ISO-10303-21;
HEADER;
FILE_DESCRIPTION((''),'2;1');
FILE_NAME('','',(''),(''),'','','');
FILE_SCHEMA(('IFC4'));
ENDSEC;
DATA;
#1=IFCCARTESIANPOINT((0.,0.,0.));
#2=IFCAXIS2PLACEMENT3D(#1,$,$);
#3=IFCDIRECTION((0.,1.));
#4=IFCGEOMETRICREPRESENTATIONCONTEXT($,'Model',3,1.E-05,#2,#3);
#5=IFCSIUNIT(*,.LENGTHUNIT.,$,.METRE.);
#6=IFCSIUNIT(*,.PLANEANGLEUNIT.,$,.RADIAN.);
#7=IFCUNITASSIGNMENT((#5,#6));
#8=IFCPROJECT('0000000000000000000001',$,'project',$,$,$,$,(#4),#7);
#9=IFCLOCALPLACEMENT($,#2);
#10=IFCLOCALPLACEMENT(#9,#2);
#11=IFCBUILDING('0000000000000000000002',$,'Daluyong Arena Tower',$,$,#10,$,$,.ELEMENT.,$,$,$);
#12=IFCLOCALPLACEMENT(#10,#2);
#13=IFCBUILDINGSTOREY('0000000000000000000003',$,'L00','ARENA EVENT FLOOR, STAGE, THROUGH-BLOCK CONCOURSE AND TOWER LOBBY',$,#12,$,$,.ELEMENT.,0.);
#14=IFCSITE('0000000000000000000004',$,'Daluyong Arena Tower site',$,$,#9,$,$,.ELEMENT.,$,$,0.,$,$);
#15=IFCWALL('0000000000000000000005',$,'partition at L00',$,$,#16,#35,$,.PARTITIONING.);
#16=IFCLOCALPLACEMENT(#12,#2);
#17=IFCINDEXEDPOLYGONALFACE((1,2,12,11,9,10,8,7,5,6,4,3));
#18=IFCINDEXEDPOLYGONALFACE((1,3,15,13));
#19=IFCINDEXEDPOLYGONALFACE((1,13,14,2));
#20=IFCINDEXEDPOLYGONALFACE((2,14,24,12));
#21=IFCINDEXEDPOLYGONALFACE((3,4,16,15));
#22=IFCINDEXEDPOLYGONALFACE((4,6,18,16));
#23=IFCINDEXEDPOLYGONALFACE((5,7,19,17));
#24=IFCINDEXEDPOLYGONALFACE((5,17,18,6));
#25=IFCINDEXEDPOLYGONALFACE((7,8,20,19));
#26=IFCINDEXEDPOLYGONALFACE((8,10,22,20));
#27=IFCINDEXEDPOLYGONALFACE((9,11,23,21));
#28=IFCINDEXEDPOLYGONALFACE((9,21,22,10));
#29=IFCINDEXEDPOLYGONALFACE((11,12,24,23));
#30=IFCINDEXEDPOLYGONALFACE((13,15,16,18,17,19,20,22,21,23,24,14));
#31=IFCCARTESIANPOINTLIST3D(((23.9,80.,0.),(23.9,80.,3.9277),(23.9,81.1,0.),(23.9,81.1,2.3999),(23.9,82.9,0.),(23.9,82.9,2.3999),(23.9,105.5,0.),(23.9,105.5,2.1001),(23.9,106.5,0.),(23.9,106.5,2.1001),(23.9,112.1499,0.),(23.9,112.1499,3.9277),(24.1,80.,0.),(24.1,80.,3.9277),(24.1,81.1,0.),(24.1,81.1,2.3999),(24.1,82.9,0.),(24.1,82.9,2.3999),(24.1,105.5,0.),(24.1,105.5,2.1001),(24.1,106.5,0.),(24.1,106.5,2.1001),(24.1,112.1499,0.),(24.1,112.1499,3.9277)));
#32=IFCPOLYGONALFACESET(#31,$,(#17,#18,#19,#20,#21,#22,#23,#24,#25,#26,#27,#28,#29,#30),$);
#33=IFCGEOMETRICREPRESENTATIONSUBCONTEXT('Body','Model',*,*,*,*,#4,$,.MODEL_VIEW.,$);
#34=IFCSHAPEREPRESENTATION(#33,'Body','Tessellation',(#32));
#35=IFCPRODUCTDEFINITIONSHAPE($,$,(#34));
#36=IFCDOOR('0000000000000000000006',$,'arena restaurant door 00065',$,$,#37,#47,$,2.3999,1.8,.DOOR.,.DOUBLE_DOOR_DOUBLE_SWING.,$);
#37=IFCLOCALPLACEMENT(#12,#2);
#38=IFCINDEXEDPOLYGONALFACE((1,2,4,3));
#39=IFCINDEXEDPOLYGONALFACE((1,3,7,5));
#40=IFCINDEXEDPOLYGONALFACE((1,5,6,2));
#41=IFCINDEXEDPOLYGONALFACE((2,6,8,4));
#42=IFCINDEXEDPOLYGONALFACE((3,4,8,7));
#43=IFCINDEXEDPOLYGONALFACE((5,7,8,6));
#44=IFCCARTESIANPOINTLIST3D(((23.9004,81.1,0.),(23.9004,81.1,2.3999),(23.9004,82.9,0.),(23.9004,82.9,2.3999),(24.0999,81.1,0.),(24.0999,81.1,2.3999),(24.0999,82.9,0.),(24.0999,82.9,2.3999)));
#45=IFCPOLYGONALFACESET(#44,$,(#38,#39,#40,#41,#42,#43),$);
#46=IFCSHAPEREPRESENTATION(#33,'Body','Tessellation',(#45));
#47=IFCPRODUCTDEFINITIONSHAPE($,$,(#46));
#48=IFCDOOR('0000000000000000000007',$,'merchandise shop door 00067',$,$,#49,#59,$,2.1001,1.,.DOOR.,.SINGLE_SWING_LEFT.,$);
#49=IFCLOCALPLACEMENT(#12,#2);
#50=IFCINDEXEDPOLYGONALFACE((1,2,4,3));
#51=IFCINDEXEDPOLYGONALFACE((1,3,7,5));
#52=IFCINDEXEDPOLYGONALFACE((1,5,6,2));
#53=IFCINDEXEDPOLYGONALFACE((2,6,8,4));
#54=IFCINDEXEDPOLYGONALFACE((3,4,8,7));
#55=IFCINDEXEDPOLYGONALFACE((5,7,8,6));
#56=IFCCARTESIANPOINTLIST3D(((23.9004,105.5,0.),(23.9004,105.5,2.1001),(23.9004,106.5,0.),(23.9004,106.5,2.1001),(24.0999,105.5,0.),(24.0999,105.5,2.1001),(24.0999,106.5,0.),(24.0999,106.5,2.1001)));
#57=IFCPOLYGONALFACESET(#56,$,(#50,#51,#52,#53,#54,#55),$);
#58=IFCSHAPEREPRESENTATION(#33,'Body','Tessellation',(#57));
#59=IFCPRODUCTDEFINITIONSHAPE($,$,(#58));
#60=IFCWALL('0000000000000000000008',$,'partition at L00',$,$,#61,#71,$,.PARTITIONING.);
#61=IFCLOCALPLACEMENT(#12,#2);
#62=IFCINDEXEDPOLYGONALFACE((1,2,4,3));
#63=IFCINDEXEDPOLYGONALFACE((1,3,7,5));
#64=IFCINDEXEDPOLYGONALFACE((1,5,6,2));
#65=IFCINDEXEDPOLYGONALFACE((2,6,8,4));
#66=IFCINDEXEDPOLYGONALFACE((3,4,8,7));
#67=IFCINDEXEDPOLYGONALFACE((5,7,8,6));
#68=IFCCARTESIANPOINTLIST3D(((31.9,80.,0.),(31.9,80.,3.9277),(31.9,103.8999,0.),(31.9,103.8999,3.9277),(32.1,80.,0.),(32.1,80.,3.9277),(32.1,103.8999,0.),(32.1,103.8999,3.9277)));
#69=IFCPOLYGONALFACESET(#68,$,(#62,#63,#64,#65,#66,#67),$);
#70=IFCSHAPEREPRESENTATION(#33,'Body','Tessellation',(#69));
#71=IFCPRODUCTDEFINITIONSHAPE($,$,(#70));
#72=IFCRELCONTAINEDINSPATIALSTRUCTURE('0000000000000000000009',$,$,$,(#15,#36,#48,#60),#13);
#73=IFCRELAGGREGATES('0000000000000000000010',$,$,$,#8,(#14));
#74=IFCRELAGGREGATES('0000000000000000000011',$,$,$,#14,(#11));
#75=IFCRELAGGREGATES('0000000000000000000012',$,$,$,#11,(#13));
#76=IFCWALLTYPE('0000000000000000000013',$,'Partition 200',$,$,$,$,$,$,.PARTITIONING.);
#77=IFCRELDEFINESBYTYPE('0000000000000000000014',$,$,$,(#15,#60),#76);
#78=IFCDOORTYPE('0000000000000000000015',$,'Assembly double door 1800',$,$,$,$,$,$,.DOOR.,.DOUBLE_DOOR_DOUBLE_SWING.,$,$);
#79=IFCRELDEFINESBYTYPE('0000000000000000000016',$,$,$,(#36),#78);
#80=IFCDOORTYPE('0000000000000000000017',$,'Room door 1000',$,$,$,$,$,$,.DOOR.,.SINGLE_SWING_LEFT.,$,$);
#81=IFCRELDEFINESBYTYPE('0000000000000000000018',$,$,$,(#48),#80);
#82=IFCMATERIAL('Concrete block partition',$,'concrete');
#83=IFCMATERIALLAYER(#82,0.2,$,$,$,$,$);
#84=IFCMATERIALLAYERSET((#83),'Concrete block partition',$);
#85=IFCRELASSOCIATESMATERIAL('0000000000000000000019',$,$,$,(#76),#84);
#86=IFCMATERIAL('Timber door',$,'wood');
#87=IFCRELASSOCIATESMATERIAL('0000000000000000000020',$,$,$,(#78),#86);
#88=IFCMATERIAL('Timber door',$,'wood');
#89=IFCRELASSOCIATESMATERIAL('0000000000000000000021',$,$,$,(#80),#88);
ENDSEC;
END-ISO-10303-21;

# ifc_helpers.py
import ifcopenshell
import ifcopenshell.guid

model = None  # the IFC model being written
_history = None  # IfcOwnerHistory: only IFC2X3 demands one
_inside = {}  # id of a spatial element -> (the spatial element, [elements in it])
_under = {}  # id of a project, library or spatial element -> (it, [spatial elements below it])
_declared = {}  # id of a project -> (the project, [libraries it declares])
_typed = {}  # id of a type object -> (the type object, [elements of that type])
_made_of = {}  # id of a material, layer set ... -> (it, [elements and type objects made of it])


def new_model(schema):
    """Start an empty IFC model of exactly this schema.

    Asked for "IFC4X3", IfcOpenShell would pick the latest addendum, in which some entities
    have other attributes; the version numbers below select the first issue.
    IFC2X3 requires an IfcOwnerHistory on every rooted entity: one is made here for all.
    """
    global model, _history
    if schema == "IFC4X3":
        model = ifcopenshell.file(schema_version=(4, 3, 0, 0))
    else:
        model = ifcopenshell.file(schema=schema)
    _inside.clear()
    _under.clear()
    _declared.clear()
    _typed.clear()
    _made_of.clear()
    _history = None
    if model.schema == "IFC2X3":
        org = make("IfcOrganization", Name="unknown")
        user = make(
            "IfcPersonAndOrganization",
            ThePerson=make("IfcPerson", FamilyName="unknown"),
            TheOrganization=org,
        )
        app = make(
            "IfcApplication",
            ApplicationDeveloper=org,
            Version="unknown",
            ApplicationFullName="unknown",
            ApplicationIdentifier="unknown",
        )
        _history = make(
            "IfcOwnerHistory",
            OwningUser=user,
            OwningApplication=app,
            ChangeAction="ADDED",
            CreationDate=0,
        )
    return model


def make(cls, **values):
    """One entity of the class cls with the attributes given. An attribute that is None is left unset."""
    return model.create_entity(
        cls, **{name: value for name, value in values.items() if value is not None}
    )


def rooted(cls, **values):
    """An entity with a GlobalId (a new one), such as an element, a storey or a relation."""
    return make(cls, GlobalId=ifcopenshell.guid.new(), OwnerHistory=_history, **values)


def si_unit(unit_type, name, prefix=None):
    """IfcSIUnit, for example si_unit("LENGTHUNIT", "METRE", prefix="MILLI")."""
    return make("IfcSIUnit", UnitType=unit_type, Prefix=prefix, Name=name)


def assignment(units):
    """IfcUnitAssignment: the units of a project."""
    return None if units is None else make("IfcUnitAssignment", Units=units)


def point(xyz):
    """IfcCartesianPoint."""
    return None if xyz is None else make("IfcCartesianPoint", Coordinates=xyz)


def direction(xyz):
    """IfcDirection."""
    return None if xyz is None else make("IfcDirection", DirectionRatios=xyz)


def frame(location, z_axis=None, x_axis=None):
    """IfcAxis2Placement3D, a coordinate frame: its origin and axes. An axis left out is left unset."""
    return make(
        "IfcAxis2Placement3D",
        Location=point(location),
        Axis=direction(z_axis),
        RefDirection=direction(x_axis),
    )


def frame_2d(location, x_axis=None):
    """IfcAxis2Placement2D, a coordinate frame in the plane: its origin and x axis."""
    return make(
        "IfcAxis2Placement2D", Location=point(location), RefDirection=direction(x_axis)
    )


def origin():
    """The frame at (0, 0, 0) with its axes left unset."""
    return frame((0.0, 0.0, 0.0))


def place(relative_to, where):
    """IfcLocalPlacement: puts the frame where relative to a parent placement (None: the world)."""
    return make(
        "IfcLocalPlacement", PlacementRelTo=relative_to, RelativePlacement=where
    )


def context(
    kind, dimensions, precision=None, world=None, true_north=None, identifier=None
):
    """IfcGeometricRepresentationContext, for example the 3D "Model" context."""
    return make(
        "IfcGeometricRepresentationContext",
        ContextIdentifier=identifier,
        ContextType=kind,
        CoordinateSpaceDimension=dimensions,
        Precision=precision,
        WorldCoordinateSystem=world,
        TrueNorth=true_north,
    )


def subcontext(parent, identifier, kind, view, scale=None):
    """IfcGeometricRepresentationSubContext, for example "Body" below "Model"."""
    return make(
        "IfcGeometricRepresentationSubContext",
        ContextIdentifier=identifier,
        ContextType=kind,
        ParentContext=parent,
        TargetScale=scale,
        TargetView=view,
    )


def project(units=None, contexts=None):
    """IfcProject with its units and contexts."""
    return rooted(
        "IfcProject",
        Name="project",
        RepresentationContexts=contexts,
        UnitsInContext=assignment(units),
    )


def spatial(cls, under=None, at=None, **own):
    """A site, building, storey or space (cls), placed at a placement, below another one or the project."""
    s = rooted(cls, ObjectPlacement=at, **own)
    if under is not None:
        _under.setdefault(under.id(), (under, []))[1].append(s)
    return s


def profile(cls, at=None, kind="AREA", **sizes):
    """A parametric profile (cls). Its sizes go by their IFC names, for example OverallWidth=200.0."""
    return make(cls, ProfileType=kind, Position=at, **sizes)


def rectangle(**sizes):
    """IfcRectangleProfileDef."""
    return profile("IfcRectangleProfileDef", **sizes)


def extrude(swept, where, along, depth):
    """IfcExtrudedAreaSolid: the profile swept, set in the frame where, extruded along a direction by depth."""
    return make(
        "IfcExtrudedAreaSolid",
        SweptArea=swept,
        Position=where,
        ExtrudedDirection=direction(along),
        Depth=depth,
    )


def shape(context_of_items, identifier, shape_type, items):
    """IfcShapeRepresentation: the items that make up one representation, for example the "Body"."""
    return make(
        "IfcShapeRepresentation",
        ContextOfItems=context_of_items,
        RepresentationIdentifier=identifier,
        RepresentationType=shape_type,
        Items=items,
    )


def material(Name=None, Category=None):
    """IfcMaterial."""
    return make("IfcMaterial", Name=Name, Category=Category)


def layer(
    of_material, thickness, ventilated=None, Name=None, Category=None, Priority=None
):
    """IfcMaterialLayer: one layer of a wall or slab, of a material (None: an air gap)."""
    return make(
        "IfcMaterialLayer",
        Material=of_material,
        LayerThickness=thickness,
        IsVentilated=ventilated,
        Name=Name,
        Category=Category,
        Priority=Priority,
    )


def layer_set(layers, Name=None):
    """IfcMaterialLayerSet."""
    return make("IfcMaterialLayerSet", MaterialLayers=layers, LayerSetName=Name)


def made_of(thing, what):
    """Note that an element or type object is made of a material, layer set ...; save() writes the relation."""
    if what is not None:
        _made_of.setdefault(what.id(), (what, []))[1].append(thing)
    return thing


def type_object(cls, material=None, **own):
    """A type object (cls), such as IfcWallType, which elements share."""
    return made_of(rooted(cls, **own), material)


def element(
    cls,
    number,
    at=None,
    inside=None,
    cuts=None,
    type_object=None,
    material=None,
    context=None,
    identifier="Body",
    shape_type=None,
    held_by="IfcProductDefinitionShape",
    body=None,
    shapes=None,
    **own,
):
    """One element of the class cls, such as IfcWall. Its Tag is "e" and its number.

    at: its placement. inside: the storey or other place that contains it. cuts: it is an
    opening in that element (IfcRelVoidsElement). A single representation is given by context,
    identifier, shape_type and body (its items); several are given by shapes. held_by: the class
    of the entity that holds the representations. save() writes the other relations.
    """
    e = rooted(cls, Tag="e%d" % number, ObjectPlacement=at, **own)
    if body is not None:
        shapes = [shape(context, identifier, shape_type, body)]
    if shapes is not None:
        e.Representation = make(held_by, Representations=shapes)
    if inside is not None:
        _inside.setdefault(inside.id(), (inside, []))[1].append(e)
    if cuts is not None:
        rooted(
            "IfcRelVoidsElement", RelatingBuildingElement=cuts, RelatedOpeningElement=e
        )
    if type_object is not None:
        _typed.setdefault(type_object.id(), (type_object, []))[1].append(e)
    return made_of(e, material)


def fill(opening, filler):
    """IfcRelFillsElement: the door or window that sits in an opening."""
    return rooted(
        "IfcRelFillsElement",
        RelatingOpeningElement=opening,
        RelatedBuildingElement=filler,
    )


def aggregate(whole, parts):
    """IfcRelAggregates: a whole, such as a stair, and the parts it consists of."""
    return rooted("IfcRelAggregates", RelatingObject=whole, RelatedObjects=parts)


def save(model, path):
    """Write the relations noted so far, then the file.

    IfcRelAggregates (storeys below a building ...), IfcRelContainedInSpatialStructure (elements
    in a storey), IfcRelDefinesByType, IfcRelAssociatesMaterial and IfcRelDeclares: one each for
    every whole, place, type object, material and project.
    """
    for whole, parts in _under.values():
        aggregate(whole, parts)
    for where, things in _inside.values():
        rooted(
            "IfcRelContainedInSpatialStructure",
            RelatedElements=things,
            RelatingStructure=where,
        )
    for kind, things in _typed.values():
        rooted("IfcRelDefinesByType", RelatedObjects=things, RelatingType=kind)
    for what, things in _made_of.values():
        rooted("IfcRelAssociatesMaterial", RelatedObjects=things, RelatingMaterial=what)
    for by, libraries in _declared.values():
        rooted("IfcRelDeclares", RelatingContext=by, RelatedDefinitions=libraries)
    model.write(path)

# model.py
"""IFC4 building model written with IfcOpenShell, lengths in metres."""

from ifc_helpers import new_model, si_unit, direction, frame, frame_2d, origin, place, context, subcontext, project, spatial, rectangle, extrude, material, layer, layer_set, type_object, element, fill, save


model = new_model("IFC4")

# Units and contexts
model_context = context("Model", 3, precision=1e-05, world=origin(), true_north=direction((0.0, 1.0)))
body_context = subcontext(model_context, "Body", "Model", "MODEL_VIEW")
ifc_project = project(units=[si_unit("LENGTHUNIT", "METRE"), si_unit("PLANEANGLEUNIT", "RADIAN")], contexts=[model_context])

# Site, building, storey
site_placement = place(None, origin())
site = spatial("IfcSite", under=ifc_project, at=site_placement, Name="Daluyong Arena Tower site", CompositionType="ELEMENT", RefElevation=0.0)
building_placement = place(site_placement, origin())
building = spatial("IfcBuilding", under=site, at=building_placement, Name="Daluyong Arena Tower", CompositionType="ELEMENT")
storey_placement = place(building_placement, origin())
storey = spatial("IfcBuildingStorey", under=building, at=storey_placement, Name="L00", Description="ARENA EVENT FLOOR, STAGE, THROUGH-BLOCK CONCOURSE AND TOWER LOBBY", CompositionType="ELEMENT", Elevation=0.0)

# Shared definitions
ifc_material_1 = material(Name="Concrete block partition", Category="concrete")
ifc_layer_1 = layer(ifc_material_1, 0.2)
ifc_layer_set_1 = layer_set([ifc_layer_1], Name="Concrete block partition")
wall_type_1 = type_object("IfcWallType", Name="Partition 200", PredefinedType="PARTITIONING", material=ifc_layer_set_1)

# Wall, openings, doors
wall_1_placement = place(storey_placement, frame((24.0, 80.0, 0.0), z_axis=(0.0, 0.0, 1.0), x_axis=(0.0, 1.0, 0.0)))
wall_1 = element("IfcWall", 1, at=wall_1_placement, inside=storey, type_object=wall_type_1, Name="partition at L00", PredefinedType="PARTITIONING", context=body_context, shape_type="SweptSolid", body=[
    extrude(rectangle(XDim=32.1499, YDim=0.2, at=frame_2d((16.075, 0.0))), origin(), (0.0, 0.0, 1.0), 3.9277),
])
opening_1_placement = place(wall_1_placement, frame((1.1001, 0.0, 0.0)))
opening_1 = element("IfcOpeningElement", 2, at=opening_1_placement, cuts=wall_1, PredefinedType="OPENING", context=body_context, shape_type="SweptSolid", body=[
    extrude(rectangle(XDim=1.8, YDim=2.3999, at=frame_2d((0.8999, 1.2))), frame((0.0, 0.1099, 0.0), z_axis=(0.0, -1.0, 0.0), x_axis=(1.0, 0.0, 0.0)), (0.0, 0.0, 1.0), 0.22),
])
opening_2_placement = place(wall_1_placement, frame((25.5, 0.0, 0.0)))
opening_2 = element("IfcOpeningElement", 3, at=opening_2_placement, cuts=wall_1, PredefinedType="OPENING", context=body_context, shape_type="SweptSolid", body=[
    extrude(rectangle(XDim=1.0, YDim=2.1001, at=frame_2d((0.5, 1.05))), frame((0.0, 0.1099, 0.0), z_axis=(0.0, -1.0, 0.0), x_axis=(1.0, 0.0, 0.0)), (0.0, 0.0, 1.0), 0.22),
])
ifc_material_2 = material(Name="Timber door", Category="wood")
door_type_1 = type_object("IfcDoorType", Name="Assembly double door 1800", OperationType="DOUBLE_DOOR_DOUBLE_SWING", PredefinedType="DOOR", material=ifc_material_2)
door_1_placement = place(opening_1_placement, origin())
door_1 = element("IfcDoor", 4, at=door_1_placement, inside=storey, type_object=door_type_1, Name="arena restaurant door 00065", OperationType="DOUBLE_DOOR_DOUBLE_SWING", OverallHeight=2.3999, OverallWidth=1.8, PredefinedType="DOOR", context=body_context, shape_type="SweptSolid", body=[
    extrude(rectangle(XDim=1.8, YDim=2.3999, at=frame_2d((0.8999, 1.2))), frame((0.0, 0.0996, 0.0), z_axis=(0.0, -1.0, 0.0), x_axis=(1.0, 0.0, 0.0)), (0.0, 0.0, 1.0), 0.1995),
])
fill(opening_1, door_1)
ifc_material_3 = material(Name="Timber door", Category="wood")
door_type_2 = type_object("IfcDoorType", Name="Room door 1000", OperationType="SINGLE_SWING_LEFT", PredefinedType="DOOR", material=ifc_material_3)
door_2_placement = place(opening_2_placement, origin())
door_2 = element("IfcDoor", 5, at=door_2_placement, inside=storey, type_object=door_type_2, Name="merchandise shop door 00067", OperationType="SINGLE_SWING_LEFT", OverallHeight=2.1001, OverallWidth=1.0, PredefinedType="DOOR", context=body_context, shape_type="SweptSolid", body=[
    extrude(rectangle(XDim=1.0, YDim=2.1001, at=frame_2d((0.5, 1.05))), frame((0.0, 0.0996, 0.0), z_axis=(0.0, -1.0, 0.0), x_axis=(1.0, 0.0, 0.0)), (0.0, 0.0, 1.0), 0.1995),
])
fill(opening_2, door_2)

# Wall
wall_2_placement = place(storey_placement, frame((32.0, 80.0, 0.0), z_axis=(0.0, 0.0, 1.0), x_axis=(0.0, 1.0, 0.0)))
element("IfcWall", 6, at=wall_2_placement, inside=storey, type_object=wall_type_1, Name="partition at L00", PredefinedType="PARTITIONING", context=body_context, shape_type="SweptSolid", body=[
    extrude(rectangle(XDim=23.8999, YDim=0.2, at=frame_2d((11.95, 0.0))), origin(), (0.0, 0.0, 1.0), 3.9277),
])

save(model, "model.ifc")
